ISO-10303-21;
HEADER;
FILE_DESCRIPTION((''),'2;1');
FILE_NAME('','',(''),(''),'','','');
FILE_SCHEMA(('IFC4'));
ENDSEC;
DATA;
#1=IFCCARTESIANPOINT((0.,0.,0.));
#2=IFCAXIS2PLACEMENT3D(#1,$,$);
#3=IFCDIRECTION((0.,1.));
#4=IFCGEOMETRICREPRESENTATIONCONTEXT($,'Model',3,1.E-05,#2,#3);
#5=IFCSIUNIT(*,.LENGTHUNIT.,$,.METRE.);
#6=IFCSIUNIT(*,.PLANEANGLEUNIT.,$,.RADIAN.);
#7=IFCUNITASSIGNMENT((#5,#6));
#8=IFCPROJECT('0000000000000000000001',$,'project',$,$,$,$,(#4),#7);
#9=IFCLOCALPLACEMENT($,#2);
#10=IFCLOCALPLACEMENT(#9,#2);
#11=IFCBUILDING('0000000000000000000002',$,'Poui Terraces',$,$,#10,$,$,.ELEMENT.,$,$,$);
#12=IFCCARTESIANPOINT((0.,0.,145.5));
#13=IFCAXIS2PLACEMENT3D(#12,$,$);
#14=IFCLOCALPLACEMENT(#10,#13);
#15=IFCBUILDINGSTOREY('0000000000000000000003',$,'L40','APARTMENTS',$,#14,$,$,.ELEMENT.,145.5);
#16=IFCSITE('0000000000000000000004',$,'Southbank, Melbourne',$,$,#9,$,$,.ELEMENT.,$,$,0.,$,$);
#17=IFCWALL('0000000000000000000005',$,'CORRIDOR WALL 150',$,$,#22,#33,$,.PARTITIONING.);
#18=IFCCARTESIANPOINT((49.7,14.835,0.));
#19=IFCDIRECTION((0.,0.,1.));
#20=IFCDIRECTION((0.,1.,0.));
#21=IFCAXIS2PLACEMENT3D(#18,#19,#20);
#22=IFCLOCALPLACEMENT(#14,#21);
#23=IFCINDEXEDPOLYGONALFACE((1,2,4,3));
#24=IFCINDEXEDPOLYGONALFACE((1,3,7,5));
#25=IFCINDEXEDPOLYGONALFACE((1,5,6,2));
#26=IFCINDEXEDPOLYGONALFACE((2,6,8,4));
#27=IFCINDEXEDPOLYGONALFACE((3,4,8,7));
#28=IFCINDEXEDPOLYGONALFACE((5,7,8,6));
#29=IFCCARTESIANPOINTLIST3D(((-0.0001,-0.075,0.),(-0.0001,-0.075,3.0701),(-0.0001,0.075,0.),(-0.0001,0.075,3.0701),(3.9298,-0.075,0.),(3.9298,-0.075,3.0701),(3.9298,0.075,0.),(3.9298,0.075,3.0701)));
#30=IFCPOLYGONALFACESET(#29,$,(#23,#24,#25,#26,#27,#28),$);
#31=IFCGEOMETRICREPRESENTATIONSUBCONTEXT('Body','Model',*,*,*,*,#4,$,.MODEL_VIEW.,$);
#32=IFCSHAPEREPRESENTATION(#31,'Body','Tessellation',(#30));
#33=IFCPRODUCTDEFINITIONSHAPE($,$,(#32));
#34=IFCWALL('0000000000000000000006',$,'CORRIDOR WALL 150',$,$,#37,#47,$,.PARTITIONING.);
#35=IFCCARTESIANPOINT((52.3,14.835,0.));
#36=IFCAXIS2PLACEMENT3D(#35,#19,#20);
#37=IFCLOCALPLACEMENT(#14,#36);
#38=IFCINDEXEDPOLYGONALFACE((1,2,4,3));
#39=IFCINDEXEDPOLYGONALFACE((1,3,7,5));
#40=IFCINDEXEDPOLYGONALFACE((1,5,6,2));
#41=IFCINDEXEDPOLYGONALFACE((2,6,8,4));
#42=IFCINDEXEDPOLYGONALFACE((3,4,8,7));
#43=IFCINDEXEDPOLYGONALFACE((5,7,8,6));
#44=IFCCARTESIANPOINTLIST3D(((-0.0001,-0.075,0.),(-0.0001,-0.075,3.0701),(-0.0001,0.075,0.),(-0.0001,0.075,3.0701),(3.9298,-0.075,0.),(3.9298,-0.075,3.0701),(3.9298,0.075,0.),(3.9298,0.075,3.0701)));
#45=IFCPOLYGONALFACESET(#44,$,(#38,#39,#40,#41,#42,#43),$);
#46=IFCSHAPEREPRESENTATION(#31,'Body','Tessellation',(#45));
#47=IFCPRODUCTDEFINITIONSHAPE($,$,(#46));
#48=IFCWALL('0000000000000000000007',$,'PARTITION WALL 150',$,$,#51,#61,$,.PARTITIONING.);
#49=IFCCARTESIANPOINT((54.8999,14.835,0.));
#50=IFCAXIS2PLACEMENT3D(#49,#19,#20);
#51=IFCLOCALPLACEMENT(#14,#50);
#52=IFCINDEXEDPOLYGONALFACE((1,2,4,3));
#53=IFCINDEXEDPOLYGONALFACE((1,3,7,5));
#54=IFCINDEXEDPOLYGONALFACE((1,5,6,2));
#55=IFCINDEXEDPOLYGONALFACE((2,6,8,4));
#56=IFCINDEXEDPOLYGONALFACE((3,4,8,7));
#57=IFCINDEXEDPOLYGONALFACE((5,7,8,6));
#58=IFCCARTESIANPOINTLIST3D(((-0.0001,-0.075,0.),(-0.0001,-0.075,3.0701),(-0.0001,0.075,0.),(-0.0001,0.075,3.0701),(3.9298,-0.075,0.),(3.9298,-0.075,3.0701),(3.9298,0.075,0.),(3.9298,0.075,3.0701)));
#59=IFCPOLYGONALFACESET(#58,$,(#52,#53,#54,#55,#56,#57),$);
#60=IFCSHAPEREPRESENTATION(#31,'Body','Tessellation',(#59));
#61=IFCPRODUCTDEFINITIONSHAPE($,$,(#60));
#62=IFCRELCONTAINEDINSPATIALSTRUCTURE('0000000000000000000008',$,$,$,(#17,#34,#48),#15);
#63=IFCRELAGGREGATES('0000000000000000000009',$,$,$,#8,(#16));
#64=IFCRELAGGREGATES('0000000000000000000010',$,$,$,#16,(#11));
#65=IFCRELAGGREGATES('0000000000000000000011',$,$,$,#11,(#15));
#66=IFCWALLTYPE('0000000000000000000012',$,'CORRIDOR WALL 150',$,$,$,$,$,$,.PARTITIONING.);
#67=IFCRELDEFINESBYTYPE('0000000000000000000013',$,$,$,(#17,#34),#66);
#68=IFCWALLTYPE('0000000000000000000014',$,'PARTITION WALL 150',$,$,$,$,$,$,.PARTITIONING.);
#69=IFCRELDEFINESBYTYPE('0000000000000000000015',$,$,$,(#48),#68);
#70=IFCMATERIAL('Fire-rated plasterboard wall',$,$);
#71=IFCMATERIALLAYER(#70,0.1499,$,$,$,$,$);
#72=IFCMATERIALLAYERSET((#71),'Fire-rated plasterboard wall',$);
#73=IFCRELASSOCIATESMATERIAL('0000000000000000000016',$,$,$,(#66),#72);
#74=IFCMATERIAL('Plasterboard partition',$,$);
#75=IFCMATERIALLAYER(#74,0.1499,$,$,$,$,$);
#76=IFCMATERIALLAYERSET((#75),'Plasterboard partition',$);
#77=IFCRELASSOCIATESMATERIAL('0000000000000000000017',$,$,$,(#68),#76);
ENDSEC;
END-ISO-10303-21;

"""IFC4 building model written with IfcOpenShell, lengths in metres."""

from ifc_helpers import new_model, si_unit, direction, frame, frame_2d, origin, place, context, subcontext, project, spatial, rectangle, extrude, material, layer, layer_set, type_object, element, save


model = new_model("IFC4")

# Units and contexts
model_context = context("Model", 3, precision=1e-05, world=origin(), true_north=direction((0.0, 1.0)))
body_context = subcontext(model_context, "Body", "Model", "MODEL_VIEW")
ifc_project = project(units=[si_unit("LENGTHUNIT", "METRE"), si_unit("PLANEANGLEUNIT", "RADIAN")], contexts=[model_context])

# Site, building, storey
site_placement = place(None, origin())
site = spatial("IfcSite", under=ifc_project, at=site_placement, Name="Southbank, Melbourne", CompositionType="ELEMENT", RefElevation=0.0)
building_placement = place(site_placement, origin())
building = spatial("IfcBuilding", under=site, at=building_placement, Name="Poui Terraces", CompositionType="ELEMENT")
storey_placement = place(building_placement, frame((0.0, 0.0, 145.5)))
storey = spatial("IfcBuildingStorey", under=building, at=storey_placement, Name="L40", Description="APARTMENTS", CompositionType="ELEMENT", Elevation=145.5)

# Walls
ifc_material_1 = material(Name="Fire-rated plasterboard wall")
ifc_layer_1 = layer(ifc_material_1, 0.1499)
ifc_layer_set_1 = layer_set([ifc_layer_1], Name="Fire-rated plasterboard wall")
wall_type_1 = type_object("IfcWallType", Name="CORRIDOR WALL 150", PredefinedType="PARTITIONING", material=ifc_layer_set_1)
for number, where, z_axis, x_axis, name in (
    (1, (49.7, 14.835, 0.0), (0.0, 0.0, 1.0), (0.0, 1.0, 0.0), "CORRIDOR WALL 150"),
    (2, (52.3, 14.835, 0.0), (0.0, 0.0, 1.0), (0.0, 1.0, 0.0), "CORRIDOR WALL 150"),
):
    element("IfcWall", number, at=place(storey_placement, frame(where, z_axis=z_axis, x_axis=x_axis)), inside=storey, type_object=wall_type_1, Name=name, PredefinedType="PARTITIONING", context=body_context, shape_type="SweptSolid", body=[
        extrude(rectangle(XDim=3.9299, YDim=0.1499, at=frame_2d((1.9648, 0.0))), origin(), (0.0, 0.0, 1.0), 3.0701),
    ])

# Shared definitions
ifc_material_2 = material(Name="Plasterboard partition")

# Wall
ifc_layer_2 = layer(ifc_material_2, 0.1499)
ifc_layer_set_2 = layer_set([ifc_layer_2], Name="Plasterboard partition")
wall_type_2 = type_object("IfcWallType", Name="PARTITION WALL 150", PredefinedType="PARTITIONING", material=ifc_layer_set_2)
wall_1_placement = place(storey_placement, frame((54.8999, 14.835, 0.0), z_axis=(0.0, 0.0, 1.0), x_axis=(0.0, 1.0, 0.0)))
element("IfcWall", 3, at=wall_1_placement, inside=storey, type_object=wall_type_2, Name="PARTITION WALL 150", PredefinedType="PARTITIONING", context=body_context, shape_type="SweptSolid", body=[
    extrude(rectangle(XDim=3.9299, YDim=0.1499, at=frame_2d((1.9648, 0.0))), origin(), (0.0, 0.0, 1.0), 3.0701),
])

save(model, "model.ifc")
